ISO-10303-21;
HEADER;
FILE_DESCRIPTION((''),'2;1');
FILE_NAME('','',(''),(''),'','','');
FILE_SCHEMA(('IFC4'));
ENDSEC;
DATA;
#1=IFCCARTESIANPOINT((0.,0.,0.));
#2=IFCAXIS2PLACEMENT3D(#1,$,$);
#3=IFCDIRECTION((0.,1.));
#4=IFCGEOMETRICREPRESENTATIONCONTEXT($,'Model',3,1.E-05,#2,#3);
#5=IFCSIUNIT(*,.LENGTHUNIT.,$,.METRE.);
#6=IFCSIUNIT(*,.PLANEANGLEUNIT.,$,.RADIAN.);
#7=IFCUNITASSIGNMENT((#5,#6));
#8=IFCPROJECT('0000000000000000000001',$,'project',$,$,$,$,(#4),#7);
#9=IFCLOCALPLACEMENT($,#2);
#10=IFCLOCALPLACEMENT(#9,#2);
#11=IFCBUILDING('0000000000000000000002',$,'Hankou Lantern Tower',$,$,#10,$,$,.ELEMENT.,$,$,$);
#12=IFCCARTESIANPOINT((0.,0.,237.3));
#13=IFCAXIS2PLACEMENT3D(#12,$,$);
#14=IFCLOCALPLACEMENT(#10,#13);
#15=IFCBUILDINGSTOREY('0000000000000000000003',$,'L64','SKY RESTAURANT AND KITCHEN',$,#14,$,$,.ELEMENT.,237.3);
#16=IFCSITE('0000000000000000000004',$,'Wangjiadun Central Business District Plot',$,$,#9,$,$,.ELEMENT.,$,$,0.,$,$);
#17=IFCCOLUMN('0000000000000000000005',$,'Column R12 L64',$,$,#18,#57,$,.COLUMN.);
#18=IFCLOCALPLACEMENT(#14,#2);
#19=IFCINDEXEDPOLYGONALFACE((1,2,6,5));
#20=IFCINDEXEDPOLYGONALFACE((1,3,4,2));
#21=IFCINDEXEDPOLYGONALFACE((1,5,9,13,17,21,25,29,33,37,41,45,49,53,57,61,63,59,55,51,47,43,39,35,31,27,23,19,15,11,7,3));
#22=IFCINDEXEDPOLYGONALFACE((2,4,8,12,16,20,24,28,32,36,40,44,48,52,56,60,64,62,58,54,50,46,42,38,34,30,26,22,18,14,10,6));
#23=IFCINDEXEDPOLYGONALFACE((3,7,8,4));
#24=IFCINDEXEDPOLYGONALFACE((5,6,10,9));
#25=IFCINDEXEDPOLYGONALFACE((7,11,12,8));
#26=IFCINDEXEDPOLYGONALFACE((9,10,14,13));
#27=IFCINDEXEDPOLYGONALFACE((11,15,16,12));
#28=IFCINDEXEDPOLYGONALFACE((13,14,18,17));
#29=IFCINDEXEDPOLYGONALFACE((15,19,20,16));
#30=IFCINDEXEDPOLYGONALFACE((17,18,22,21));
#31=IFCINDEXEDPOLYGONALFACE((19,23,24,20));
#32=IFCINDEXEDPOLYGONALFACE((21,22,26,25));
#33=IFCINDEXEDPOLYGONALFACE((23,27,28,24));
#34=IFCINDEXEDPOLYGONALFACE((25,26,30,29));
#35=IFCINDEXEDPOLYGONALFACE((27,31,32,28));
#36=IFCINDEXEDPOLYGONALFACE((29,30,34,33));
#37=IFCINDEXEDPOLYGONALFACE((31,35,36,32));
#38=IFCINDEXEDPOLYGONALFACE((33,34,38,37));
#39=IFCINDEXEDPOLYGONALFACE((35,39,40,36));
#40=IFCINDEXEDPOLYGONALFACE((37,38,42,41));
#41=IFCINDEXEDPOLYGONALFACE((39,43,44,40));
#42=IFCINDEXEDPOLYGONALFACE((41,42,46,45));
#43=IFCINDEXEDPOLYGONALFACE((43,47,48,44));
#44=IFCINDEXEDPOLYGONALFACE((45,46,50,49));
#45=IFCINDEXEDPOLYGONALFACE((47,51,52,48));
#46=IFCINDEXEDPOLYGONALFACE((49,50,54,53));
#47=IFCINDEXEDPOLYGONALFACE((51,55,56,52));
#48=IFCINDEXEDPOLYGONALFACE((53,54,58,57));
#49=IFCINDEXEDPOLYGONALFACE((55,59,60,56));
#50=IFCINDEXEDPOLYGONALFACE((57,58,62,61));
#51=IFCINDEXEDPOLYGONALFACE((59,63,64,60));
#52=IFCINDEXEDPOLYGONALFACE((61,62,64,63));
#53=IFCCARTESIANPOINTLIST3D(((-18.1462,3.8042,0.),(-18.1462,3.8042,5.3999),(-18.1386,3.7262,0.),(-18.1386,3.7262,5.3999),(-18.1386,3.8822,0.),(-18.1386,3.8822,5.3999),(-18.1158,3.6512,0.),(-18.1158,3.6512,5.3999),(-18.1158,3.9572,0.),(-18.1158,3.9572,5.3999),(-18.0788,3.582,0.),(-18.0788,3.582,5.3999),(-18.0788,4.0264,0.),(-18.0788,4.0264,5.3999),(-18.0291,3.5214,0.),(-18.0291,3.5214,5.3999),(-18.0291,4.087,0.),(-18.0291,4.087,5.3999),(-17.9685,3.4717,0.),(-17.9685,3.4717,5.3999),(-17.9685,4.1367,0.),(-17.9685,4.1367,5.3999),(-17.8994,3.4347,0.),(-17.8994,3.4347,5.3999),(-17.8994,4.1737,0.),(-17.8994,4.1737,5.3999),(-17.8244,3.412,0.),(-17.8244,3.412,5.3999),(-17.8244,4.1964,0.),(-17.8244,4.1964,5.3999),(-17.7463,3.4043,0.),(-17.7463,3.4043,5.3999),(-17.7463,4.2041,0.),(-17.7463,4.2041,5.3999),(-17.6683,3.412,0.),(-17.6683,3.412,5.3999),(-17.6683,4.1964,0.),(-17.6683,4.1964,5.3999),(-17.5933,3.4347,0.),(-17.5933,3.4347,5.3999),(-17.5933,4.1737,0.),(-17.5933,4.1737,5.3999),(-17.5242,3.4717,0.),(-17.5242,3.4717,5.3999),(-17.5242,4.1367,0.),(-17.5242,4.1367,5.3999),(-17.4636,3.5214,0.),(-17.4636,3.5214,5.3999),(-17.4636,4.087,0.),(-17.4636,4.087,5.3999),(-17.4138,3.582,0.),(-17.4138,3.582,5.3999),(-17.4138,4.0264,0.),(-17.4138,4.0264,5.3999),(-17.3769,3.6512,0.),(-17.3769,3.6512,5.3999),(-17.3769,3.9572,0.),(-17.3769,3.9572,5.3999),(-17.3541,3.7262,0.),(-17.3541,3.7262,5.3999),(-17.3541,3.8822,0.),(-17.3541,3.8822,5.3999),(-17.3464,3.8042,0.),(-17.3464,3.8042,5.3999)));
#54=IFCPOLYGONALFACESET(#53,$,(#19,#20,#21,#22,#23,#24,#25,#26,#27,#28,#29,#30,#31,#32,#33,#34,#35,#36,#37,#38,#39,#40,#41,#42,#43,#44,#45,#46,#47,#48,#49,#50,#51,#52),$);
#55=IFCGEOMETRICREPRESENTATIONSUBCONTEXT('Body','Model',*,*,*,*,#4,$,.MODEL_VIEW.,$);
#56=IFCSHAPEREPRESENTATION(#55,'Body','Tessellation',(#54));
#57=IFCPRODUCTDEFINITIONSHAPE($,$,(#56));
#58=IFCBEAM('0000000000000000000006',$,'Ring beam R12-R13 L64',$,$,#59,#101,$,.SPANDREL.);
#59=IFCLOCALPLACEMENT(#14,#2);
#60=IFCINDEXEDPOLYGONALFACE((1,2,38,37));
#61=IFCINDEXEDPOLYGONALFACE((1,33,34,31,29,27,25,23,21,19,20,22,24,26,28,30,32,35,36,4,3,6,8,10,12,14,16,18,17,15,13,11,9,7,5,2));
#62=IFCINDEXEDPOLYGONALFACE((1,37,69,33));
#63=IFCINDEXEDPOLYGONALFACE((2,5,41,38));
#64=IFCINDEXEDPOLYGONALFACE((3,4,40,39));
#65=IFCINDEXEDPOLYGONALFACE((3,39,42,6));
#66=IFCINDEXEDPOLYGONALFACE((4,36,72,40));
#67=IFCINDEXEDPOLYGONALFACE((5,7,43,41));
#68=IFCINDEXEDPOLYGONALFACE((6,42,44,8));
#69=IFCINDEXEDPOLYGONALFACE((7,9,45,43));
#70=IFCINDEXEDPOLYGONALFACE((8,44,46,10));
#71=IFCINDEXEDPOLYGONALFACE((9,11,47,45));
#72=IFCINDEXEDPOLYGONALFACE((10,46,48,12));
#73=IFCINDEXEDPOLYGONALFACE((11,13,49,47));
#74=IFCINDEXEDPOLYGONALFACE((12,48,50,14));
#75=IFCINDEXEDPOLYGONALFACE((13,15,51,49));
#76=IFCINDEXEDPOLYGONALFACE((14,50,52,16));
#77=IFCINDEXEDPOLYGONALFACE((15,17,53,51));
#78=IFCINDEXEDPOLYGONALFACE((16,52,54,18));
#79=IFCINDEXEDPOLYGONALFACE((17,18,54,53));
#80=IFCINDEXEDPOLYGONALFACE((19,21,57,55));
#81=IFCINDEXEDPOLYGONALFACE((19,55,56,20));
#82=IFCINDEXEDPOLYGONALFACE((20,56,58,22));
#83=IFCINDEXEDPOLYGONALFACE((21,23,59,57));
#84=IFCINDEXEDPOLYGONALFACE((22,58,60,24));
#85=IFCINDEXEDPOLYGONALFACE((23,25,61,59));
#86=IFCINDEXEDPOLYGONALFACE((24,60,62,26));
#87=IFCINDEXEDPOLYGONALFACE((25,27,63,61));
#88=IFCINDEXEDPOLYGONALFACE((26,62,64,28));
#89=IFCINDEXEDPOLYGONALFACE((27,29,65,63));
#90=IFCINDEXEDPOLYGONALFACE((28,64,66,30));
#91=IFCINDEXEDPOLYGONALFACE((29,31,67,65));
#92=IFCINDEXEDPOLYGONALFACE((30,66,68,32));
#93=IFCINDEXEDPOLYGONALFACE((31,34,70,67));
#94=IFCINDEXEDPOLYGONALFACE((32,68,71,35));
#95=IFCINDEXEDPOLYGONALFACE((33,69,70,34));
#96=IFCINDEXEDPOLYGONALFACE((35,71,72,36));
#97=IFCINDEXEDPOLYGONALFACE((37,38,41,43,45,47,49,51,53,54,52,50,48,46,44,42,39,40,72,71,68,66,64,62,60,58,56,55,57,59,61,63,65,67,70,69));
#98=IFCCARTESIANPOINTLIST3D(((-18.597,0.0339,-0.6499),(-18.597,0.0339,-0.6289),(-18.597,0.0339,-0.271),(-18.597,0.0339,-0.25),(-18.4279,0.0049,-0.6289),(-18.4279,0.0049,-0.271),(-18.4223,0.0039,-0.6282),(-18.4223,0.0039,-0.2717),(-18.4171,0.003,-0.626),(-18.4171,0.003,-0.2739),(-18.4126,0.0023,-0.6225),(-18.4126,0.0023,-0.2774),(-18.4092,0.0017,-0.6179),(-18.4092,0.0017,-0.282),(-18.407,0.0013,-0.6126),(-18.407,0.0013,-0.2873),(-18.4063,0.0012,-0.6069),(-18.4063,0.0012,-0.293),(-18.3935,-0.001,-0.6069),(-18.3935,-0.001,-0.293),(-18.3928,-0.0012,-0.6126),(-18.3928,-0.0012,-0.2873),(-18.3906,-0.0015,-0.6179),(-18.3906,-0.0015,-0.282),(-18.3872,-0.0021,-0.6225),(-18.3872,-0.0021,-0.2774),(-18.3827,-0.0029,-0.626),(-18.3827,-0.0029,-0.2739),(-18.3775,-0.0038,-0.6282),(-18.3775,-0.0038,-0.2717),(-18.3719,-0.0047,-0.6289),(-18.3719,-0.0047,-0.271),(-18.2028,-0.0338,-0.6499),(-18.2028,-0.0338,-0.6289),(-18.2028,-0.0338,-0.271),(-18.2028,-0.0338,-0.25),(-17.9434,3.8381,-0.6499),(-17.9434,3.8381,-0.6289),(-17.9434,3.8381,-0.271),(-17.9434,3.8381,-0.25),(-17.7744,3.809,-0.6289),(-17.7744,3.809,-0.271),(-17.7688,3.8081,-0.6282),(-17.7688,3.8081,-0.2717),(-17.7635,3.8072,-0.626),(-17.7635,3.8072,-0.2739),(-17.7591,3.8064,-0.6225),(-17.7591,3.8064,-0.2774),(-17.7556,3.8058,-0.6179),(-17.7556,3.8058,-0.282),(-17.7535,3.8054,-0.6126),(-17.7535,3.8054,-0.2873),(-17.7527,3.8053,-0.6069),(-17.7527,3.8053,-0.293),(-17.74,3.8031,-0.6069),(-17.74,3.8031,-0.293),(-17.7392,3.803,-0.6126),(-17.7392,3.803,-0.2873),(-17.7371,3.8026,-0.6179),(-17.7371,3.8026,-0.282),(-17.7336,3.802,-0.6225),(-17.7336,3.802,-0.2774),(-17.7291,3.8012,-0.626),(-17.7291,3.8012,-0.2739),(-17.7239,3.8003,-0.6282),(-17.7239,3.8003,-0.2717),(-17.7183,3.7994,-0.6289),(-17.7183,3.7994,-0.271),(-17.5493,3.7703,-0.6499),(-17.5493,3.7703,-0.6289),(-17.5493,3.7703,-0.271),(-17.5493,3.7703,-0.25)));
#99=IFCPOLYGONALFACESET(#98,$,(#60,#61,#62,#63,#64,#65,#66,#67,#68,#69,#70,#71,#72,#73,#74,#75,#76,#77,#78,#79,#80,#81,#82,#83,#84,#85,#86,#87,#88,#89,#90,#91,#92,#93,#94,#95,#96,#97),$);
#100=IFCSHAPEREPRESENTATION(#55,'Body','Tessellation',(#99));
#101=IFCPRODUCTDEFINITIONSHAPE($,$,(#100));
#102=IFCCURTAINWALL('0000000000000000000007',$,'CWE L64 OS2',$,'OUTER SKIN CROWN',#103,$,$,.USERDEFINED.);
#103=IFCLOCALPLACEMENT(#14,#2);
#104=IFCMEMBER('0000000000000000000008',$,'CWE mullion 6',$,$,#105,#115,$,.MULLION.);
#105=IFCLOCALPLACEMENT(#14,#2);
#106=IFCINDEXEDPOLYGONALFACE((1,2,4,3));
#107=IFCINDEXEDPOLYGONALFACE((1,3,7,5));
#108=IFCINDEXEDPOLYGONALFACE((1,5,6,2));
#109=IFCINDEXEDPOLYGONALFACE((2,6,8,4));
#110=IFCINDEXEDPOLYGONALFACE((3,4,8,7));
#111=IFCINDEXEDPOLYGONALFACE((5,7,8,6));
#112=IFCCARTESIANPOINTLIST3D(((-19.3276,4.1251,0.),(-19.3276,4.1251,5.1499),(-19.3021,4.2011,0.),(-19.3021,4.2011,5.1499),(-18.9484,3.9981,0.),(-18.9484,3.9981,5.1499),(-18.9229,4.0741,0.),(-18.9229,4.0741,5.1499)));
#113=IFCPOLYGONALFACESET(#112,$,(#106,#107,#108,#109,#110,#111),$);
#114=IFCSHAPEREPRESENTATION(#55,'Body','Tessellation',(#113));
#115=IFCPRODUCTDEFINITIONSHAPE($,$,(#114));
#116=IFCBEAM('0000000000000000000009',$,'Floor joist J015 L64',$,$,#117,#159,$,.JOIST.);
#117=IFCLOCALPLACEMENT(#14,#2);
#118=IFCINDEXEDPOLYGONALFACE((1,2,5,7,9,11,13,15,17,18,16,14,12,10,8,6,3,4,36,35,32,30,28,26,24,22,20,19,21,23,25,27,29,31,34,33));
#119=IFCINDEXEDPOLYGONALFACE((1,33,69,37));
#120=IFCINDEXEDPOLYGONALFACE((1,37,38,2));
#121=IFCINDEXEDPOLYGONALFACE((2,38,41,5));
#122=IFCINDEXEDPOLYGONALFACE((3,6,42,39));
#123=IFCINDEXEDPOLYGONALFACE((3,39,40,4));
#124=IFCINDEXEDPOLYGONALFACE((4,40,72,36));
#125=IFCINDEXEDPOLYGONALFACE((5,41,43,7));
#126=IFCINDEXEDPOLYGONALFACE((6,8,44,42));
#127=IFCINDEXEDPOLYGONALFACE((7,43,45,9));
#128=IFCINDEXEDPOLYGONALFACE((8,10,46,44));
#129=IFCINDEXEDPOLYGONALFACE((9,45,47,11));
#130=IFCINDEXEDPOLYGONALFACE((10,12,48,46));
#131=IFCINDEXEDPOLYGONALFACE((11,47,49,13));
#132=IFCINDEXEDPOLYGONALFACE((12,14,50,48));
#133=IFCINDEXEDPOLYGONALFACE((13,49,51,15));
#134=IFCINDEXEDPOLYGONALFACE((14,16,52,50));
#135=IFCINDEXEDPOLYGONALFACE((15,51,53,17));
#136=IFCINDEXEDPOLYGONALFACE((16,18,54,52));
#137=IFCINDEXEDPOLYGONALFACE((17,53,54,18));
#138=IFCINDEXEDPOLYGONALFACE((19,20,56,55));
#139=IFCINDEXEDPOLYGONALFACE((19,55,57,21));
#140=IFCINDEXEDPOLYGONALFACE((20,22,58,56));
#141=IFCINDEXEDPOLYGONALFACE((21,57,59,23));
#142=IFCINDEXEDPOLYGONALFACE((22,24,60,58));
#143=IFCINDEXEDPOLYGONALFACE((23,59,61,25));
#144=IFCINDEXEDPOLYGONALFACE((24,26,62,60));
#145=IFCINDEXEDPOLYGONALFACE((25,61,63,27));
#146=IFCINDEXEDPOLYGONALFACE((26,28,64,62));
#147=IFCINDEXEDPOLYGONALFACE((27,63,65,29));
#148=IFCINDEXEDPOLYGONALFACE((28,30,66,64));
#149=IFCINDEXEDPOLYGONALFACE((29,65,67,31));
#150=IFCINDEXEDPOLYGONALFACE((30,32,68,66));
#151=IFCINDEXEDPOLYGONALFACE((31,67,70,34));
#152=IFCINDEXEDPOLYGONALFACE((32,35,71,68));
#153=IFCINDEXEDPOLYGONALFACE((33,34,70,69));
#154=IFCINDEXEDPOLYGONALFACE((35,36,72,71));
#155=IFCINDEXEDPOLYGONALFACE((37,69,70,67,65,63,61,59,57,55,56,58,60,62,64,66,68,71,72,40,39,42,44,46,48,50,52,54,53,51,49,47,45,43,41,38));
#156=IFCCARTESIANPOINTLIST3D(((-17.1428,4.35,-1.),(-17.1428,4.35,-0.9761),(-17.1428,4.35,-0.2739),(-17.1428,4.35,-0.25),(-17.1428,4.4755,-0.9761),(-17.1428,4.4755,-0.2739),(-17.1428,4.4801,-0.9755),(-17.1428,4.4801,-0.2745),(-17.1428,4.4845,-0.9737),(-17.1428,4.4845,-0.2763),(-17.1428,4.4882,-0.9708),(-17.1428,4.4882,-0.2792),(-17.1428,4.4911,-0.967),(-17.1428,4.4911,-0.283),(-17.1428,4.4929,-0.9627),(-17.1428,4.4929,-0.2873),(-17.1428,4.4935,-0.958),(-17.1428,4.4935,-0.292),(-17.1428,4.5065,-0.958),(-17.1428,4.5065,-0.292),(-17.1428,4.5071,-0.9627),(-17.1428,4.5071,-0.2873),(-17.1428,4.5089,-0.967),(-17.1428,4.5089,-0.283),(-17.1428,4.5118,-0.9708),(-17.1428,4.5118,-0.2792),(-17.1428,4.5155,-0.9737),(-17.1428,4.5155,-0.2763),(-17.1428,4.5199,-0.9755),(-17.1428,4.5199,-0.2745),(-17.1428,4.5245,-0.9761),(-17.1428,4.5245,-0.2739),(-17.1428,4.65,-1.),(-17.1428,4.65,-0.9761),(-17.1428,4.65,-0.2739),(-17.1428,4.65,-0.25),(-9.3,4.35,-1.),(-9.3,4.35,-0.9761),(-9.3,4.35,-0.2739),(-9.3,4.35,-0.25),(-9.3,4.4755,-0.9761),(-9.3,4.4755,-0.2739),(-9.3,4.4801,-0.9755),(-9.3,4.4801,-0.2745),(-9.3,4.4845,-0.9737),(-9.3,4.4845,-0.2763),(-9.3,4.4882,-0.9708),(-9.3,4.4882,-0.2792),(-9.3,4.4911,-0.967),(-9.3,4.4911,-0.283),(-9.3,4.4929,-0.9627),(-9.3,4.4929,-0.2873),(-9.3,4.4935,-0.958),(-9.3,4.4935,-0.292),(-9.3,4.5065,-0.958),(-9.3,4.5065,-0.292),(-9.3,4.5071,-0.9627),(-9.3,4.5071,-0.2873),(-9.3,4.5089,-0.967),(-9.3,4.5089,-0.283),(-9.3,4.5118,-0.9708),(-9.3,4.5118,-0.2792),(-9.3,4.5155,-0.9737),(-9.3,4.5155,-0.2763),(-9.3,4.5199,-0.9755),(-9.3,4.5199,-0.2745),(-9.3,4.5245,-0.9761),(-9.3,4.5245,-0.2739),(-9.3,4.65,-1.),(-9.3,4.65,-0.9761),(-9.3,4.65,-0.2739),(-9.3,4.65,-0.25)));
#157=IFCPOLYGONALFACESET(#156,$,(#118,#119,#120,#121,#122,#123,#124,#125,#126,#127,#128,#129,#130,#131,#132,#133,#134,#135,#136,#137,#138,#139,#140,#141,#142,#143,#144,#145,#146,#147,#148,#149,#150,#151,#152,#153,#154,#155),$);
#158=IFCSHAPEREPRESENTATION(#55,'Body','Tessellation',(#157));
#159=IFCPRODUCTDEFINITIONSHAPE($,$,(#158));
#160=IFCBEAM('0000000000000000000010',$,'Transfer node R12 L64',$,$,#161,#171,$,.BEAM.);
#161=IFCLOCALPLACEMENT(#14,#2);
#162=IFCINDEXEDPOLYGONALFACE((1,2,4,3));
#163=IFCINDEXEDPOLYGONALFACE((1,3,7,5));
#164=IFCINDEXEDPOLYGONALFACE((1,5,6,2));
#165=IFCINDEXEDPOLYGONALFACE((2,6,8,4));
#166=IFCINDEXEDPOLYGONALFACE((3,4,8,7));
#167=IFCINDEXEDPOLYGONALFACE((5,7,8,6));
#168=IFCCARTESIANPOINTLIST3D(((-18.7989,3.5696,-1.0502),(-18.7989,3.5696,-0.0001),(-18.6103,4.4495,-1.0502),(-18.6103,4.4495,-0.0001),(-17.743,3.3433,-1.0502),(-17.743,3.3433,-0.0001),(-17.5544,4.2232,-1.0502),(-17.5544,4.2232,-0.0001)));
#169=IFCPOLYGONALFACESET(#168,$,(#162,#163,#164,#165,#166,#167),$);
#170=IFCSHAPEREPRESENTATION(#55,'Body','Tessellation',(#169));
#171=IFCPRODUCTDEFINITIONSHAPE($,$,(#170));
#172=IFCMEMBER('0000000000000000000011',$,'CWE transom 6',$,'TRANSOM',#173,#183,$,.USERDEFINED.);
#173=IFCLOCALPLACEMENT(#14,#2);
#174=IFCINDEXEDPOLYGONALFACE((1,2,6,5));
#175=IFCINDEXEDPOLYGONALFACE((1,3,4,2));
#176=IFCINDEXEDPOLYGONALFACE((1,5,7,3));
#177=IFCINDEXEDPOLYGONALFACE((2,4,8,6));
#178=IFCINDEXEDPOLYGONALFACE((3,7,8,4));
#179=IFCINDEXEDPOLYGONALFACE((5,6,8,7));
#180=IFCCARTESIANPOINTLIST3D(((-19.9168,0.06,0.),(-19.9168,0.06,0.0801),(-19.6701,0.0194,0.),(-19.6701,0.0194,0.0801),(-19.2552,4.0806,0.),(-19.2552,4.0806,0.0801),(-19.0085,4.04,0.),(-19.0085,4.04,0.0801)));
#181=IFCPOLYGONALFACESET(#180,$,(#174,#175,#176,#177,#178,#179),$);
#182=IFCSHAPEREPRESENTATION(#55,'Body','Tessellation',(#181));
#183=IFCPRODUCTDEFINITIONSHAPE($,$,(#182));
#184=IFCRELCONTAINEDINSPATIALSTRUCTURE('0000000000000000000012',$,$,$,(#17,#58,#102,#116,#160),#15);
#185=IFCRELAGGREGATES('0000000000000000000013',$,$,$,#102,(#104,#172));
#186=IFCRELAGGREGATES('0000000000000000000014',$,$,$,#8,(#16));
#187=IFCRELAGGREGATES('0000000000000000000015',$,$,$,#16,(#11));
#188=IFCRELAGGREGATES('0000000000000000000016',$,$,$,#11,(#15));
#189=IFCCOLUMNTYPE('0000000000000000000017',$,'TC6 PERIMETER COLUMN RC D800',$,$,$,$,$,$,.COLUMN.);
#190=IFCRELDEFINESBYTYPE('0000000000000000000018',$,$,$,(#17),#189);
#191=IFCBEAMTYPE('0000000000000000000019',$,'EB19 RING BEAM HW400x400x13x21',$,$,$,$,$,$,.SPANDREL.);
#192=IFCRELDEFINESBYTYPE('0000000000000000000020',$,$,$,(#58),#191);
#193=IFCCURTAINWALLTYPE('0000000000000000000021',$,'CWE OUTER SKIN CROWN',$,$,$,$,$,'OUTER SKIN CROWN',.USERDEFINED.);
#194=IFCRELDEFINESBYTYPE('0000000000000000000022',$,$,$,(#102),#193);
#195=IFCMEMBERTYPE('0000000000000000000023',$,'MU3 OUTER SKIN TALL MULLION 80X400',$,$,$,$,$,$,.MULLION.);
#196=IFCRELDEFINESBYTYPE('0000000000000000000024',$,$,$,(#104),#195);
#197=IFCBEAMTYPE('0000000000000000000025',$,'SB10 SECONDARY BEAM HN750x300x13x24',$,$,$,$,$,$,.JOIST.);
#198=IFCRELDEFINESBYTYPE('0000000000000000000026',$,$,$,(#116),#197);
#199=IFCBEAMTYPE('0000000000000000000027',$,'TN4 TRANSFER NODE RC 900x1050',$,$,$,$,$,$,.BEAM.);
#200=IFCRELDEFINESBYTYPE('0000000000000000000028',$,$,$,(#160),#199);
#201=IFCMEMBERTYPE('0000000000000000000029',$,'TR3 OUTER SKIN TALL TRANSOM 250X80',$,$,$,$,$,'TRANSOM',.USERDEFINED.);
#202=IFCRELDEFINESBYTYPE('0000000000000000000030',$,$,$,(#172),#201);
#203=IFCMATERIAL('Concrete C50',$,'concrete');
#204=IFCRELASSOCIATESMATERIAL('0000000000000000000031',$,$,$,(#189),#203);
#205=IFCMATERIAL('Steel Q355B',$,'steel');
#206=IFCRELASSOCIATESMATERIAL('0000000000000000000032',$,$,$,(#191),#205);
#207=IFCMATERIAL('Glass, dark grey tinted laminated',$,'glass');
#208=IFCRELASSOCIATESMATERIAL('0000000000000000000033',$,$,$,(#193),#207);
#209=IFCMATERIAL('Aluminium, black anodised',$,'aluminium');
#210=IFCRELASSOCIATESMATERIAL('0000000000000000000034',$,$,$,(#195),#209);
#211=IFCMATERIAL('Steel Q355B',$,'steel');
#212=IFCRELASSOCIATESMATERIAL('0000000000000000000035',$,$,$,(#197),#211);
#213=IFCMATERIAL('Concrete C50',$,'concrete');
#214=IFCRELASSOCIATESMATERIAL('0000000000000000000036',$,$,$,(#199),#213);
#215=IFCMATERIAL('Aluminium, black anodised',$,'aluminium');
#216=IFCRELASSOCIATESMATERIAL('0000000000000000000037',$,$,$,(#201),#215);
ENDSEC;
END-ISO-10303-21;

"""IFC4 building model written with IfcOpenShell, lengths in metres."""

from ifc_helpers import new_model, si_unit, direction, frame, origin, origin_2d, place, context, subcontext, project, spatial, rectangle, circle, i_section, extrude, material, material_profile, profile_set, type_object, element, aggregate, save


model = new_model("IFC4")

# Units and contexts
model_context = context("Model", 3, precision=1e-05, world=origin(), true_north=direction((0.0, 1.0)))
body_context = subcontext(model_context, "Body", "Model", "MODEL_VIEW")
ifc_project = project(units=[si_unit("LENGTHUNIT", "METRE"), si_unit("PLANEANGLEUNIT", "RADIAN")], contexts=[model_context])

# Site, building, storey
site_placement = place(None, origin())
site = spatial("IfcSite", under=ifc_project, at=site_placement, Name="Wangjiadun Central Business District Plot", CompositionType="ELEMENT", RefElevation=0.0)
building_placement = place(site_placement, origin())
building = spatial("IfcBuilding", under=site, at=building_placement, Name="Hankou Lantern Tower", CompositionType="ELEMENT")
storey_placement = place(building_placement, frame((0.0, 0.0, 237.3)))
storey = spatial("IfcBuildingStorey", under=building, at=storey_placement, Name="L64", Description="SKY RESTAURANT AND KITCHEN", CompositionType="ELEMENT", Elevation=237.3)

# Column
ifc_material_1 = material(Name="Concrete C50", Category="concrete")
ifc_material_profile_1 = material_profile(ifc_material_1, circle(Radius=0.3999, at=origin_2d()), Name="RC D800")
ifc_profile_set_1 = profile_set([ifc_material_profile_1], Name="Concrete C50")
column_type = type_object("IfcColumnType", Name="TC6 PERIMETER COLUMN RC D800", PredefinedType="COLUMN", material=ifc_profile_set_1)
column_placement = place(storey_placement, frame((-17.7463, 3.8042, 0.0), z_axis=(0.0, 0.0, 1.0), x_axis=(1.0, 0.0, 0.0)))
element("IfcColumn", 1, at=column_placement, inside=storey, type_object=column_type, Name="Column R12 L64", PredefinedType="COLUMN", context=body_context, shape_type="SweptSolid", body=[
    extrude(circle(Radius=0.3999, at=origin_2d()), origin(), (0.0, 0.0, 1.0), 5.3999),
])

# Beam
ifc_material_2 = material(Name="Steel Q355B", Category="steel")
ifc_material_profile_2 = material_profile(ifc_material_2, i_section(OverallWidth=0.3999, OverallDepth=0.3999, WebThickness=0.0129, FlangeThickness=0.021, FilletRadius=0.022, at=origin_2d()), Name="HW400x400x13x21")
ifc_profile_set_2 = profile_set([ifc_material_profile_2], Name="Steel Q355B")
beam_type_1 = type_object("IfcBeamType", Name="EB19 RING BEAM HW400x400x13x21", PredefinedType="SPANDREL", material=ifc_profile_set_2)
beam_1_placement = place(storey_placement, frame((-17.7463, 3.8042, -0.45), z_axis=(-0.16932, -0.985561, 0.0), x_axis=(0.985561, -0.16932, 0.0)))
element("IfcBeam", 2, at=beam_1_placement, inside=storey, type_object=beam_type_1, Name="Ring beam R12-R13 L64", PredefinedType="SPANDREL", context=body_context, shape_type="SweptSolid", body=[
    extrude(i_section(OverallWidth=0.3999, OverallDepth=0.3999, WebThickness=0.0129, FlangeThickness=0.021, FilletRadius=0.022, at=origin_2d()), origin(), (0.0, 0.0, 1.0), 3.8599),
])

# Curtain wall, member
ifc_material_3 = material(Name="Glass, dark grey tinted laminated", Category="glass")
curtain_wall_type = type_object("IfcCurtainWallType", Name="CWE OUTER SKIN CROWN", ElementType="OUTER SKIN CROWN", PredefinedType="USERDEFINED", material=ifc_material_3)
curtain_wall_placement = place(storey_placement, origin())
curtain_wall = element("IfcCurtainWall", 3, at=curtain_wall_placement, inside=storey, type_object=curtain_wall_type, Name="CWE L64 OS2", ObjectType="OUTER SKIN CROWN", PredefinedType="USERDEFINED")
ifc_material_4 = material(Name="Aluminium, black anodised", Category="aluminium")
ifc_material_profile_3 = material_profile(ifc_material_4, rectangle(XDim=0.0801, YDim=0.3999, at=origin_2d()), Name="MU3 80X400")
ifc_profile_set_3 = profile_set([ifc_material_profile_3], Name="Aluminium, black anodised")
member_type_1 = type_object("IfcMemberType", Name="MU3 OUTER SKIN TALL MULLION 80X400", PredefinedType="MULLION", material=ifc_profile_set_3)
member_1_placement = place(storey_placement, frame((-19.1252, 4.0996, 0.0), z_axis=(0.0, 0.0, 1.0), x_axis=(-0.317596, -0.948226, 0.0)))
member_1 = element("IfcMember", 4, at=member_1_placement, type_object=member_type_1, Name="CWE mullion 6", PredefinedType="MULLION", context=body_context, shape_type="SweptSolid", body=[
    extrude(rectangle(XDim=0.0801, YDim=0.3999, at=origin_2d()), origin(), (0.0, 0.0, 1.0), 5.1499),
])

# Beams
ifc_material_5 = material(Name="Steel Q355B", Category="steel")
ifc_material_profile_4 = material_profile(ifc_material_5, i_section(OverallWidth=0.3, OverallDepth=0.75, WebThickness=0.0129, FlangeThickness=0.0239, FilletRadius=0.0181, at=origin_2d()), Name="HN750x300x13x24")
ifc_profile_set_4 = profile_set([ifc_material_profile_4], Name="Steel Q355B")
beam_type_2 = type_object("IfcBeamType", Name="SB10 SECONDARY BEAM HN750x300x13x24", PredefinedType="JOIST", material=ifc_profile_set_4)
beam_2_placement = place(storey_placement, frame((-17.1428, 4.5, -0.625), z_axis=(1.0, 0.0, 0.0), x_axis=(0.0, 1.0, 0.0)))
element("IfcBeam", 5, at=beam_2_placement, inside=storey, type_object=beam_type_2, Name="Floor joist J015 L64", PredefinedType="JOIST", context=body_context, shape_type="SweptSolid", body=[
    extrude(i_section(OverallWidth=0.3, OverallDepth=0.75, WebThickness=0.0129, FlangeThickness=0.0239, FilletRadius=0.0181, at=origin_2d()), origin(), (0.0, 0.0, 1.0), 7.8428),
])
ifc_material_6 = material(Name="Concrete C50", Category="concrete")
ifc_material_profile_5 = material_profile(ifc_material_6, rectangle(XDim=0.8999, YDim=1.05, at=origin_2d()), Name="RC 900x1050")
ifc_profile_set_5 = profile_set([ifc_material_profile_5], Name="Concrete C50")
beam_type_3 = type_object("IfcBeamType", Name="TN4 TRANSFER NODE RC 900x1050", PredefinedType="BEAM", material=ifc_profile_set_5)
beam_3_placement = place(storey_placement, frame((-18.7046, 4.0095, -0.5251), z_axis=(0.977792, -0.209575, 0.0), x_axis=(0.209575, 0.977792, 0.0)))
element("IfcBeam", 6, at=beam_3_placement, inside=storey, type_object=beam_type_3, Name="Transfer node R12 L64", PredefinedType="BEAM", context=body_context, shape_type="SweptSolid", body=[
    extrude(rectangle(XDim=0.8999, YDim=1.05, at=origin_2d()), origin(), (0.0, 0.0, 1.0), 1.0798),
])

# Member
ifc_material_7 = material(Name="Aluminium, black anodised", Category="aluminium")
ifc_material_profile_6 = material_profile(ifc_material_7, rectangle(XDim=0.25, YDim=0.0801, at=origin_2d()), Name="TR3 250X80")
ifc_profile_set_6 = profile_set([ifc_material_profile_6], Name="Aluminium, black anodised")
member_type_2 = type_object("IfcMemberType", Name="TR3 OUTER SKIN TALL TRANSOM 250X80", ElementType="TRANSOM", PredefinedType="USERDEFINED", material=ifc_profile_set_6)
member_2_placement = place(storey_placement, frame((-19.1318, 4.0603, 0.04), z_axis=(-0.162368, -0.98673, 0.0), x_axis=(0.98673, -0.162368, 0.0)))
member_2 = element("IfcMember", 7, at=member_2_placement, type_object=member_type_2, Name="CWE transom 6", ObjectType="TRANSOM", PredefinedType="USERDEFINED", context=body_context, shape_type="SweptSolid", body=[
    extrude(rectangle(XDim=0.25, YDim=0.0801, at=origin_2d()), origin(), (0.0, 0.0, 1.0), 4.0747),
])
aggregate(curtain_wall, [member_1, member_2])

save(model, "model.ifc")
